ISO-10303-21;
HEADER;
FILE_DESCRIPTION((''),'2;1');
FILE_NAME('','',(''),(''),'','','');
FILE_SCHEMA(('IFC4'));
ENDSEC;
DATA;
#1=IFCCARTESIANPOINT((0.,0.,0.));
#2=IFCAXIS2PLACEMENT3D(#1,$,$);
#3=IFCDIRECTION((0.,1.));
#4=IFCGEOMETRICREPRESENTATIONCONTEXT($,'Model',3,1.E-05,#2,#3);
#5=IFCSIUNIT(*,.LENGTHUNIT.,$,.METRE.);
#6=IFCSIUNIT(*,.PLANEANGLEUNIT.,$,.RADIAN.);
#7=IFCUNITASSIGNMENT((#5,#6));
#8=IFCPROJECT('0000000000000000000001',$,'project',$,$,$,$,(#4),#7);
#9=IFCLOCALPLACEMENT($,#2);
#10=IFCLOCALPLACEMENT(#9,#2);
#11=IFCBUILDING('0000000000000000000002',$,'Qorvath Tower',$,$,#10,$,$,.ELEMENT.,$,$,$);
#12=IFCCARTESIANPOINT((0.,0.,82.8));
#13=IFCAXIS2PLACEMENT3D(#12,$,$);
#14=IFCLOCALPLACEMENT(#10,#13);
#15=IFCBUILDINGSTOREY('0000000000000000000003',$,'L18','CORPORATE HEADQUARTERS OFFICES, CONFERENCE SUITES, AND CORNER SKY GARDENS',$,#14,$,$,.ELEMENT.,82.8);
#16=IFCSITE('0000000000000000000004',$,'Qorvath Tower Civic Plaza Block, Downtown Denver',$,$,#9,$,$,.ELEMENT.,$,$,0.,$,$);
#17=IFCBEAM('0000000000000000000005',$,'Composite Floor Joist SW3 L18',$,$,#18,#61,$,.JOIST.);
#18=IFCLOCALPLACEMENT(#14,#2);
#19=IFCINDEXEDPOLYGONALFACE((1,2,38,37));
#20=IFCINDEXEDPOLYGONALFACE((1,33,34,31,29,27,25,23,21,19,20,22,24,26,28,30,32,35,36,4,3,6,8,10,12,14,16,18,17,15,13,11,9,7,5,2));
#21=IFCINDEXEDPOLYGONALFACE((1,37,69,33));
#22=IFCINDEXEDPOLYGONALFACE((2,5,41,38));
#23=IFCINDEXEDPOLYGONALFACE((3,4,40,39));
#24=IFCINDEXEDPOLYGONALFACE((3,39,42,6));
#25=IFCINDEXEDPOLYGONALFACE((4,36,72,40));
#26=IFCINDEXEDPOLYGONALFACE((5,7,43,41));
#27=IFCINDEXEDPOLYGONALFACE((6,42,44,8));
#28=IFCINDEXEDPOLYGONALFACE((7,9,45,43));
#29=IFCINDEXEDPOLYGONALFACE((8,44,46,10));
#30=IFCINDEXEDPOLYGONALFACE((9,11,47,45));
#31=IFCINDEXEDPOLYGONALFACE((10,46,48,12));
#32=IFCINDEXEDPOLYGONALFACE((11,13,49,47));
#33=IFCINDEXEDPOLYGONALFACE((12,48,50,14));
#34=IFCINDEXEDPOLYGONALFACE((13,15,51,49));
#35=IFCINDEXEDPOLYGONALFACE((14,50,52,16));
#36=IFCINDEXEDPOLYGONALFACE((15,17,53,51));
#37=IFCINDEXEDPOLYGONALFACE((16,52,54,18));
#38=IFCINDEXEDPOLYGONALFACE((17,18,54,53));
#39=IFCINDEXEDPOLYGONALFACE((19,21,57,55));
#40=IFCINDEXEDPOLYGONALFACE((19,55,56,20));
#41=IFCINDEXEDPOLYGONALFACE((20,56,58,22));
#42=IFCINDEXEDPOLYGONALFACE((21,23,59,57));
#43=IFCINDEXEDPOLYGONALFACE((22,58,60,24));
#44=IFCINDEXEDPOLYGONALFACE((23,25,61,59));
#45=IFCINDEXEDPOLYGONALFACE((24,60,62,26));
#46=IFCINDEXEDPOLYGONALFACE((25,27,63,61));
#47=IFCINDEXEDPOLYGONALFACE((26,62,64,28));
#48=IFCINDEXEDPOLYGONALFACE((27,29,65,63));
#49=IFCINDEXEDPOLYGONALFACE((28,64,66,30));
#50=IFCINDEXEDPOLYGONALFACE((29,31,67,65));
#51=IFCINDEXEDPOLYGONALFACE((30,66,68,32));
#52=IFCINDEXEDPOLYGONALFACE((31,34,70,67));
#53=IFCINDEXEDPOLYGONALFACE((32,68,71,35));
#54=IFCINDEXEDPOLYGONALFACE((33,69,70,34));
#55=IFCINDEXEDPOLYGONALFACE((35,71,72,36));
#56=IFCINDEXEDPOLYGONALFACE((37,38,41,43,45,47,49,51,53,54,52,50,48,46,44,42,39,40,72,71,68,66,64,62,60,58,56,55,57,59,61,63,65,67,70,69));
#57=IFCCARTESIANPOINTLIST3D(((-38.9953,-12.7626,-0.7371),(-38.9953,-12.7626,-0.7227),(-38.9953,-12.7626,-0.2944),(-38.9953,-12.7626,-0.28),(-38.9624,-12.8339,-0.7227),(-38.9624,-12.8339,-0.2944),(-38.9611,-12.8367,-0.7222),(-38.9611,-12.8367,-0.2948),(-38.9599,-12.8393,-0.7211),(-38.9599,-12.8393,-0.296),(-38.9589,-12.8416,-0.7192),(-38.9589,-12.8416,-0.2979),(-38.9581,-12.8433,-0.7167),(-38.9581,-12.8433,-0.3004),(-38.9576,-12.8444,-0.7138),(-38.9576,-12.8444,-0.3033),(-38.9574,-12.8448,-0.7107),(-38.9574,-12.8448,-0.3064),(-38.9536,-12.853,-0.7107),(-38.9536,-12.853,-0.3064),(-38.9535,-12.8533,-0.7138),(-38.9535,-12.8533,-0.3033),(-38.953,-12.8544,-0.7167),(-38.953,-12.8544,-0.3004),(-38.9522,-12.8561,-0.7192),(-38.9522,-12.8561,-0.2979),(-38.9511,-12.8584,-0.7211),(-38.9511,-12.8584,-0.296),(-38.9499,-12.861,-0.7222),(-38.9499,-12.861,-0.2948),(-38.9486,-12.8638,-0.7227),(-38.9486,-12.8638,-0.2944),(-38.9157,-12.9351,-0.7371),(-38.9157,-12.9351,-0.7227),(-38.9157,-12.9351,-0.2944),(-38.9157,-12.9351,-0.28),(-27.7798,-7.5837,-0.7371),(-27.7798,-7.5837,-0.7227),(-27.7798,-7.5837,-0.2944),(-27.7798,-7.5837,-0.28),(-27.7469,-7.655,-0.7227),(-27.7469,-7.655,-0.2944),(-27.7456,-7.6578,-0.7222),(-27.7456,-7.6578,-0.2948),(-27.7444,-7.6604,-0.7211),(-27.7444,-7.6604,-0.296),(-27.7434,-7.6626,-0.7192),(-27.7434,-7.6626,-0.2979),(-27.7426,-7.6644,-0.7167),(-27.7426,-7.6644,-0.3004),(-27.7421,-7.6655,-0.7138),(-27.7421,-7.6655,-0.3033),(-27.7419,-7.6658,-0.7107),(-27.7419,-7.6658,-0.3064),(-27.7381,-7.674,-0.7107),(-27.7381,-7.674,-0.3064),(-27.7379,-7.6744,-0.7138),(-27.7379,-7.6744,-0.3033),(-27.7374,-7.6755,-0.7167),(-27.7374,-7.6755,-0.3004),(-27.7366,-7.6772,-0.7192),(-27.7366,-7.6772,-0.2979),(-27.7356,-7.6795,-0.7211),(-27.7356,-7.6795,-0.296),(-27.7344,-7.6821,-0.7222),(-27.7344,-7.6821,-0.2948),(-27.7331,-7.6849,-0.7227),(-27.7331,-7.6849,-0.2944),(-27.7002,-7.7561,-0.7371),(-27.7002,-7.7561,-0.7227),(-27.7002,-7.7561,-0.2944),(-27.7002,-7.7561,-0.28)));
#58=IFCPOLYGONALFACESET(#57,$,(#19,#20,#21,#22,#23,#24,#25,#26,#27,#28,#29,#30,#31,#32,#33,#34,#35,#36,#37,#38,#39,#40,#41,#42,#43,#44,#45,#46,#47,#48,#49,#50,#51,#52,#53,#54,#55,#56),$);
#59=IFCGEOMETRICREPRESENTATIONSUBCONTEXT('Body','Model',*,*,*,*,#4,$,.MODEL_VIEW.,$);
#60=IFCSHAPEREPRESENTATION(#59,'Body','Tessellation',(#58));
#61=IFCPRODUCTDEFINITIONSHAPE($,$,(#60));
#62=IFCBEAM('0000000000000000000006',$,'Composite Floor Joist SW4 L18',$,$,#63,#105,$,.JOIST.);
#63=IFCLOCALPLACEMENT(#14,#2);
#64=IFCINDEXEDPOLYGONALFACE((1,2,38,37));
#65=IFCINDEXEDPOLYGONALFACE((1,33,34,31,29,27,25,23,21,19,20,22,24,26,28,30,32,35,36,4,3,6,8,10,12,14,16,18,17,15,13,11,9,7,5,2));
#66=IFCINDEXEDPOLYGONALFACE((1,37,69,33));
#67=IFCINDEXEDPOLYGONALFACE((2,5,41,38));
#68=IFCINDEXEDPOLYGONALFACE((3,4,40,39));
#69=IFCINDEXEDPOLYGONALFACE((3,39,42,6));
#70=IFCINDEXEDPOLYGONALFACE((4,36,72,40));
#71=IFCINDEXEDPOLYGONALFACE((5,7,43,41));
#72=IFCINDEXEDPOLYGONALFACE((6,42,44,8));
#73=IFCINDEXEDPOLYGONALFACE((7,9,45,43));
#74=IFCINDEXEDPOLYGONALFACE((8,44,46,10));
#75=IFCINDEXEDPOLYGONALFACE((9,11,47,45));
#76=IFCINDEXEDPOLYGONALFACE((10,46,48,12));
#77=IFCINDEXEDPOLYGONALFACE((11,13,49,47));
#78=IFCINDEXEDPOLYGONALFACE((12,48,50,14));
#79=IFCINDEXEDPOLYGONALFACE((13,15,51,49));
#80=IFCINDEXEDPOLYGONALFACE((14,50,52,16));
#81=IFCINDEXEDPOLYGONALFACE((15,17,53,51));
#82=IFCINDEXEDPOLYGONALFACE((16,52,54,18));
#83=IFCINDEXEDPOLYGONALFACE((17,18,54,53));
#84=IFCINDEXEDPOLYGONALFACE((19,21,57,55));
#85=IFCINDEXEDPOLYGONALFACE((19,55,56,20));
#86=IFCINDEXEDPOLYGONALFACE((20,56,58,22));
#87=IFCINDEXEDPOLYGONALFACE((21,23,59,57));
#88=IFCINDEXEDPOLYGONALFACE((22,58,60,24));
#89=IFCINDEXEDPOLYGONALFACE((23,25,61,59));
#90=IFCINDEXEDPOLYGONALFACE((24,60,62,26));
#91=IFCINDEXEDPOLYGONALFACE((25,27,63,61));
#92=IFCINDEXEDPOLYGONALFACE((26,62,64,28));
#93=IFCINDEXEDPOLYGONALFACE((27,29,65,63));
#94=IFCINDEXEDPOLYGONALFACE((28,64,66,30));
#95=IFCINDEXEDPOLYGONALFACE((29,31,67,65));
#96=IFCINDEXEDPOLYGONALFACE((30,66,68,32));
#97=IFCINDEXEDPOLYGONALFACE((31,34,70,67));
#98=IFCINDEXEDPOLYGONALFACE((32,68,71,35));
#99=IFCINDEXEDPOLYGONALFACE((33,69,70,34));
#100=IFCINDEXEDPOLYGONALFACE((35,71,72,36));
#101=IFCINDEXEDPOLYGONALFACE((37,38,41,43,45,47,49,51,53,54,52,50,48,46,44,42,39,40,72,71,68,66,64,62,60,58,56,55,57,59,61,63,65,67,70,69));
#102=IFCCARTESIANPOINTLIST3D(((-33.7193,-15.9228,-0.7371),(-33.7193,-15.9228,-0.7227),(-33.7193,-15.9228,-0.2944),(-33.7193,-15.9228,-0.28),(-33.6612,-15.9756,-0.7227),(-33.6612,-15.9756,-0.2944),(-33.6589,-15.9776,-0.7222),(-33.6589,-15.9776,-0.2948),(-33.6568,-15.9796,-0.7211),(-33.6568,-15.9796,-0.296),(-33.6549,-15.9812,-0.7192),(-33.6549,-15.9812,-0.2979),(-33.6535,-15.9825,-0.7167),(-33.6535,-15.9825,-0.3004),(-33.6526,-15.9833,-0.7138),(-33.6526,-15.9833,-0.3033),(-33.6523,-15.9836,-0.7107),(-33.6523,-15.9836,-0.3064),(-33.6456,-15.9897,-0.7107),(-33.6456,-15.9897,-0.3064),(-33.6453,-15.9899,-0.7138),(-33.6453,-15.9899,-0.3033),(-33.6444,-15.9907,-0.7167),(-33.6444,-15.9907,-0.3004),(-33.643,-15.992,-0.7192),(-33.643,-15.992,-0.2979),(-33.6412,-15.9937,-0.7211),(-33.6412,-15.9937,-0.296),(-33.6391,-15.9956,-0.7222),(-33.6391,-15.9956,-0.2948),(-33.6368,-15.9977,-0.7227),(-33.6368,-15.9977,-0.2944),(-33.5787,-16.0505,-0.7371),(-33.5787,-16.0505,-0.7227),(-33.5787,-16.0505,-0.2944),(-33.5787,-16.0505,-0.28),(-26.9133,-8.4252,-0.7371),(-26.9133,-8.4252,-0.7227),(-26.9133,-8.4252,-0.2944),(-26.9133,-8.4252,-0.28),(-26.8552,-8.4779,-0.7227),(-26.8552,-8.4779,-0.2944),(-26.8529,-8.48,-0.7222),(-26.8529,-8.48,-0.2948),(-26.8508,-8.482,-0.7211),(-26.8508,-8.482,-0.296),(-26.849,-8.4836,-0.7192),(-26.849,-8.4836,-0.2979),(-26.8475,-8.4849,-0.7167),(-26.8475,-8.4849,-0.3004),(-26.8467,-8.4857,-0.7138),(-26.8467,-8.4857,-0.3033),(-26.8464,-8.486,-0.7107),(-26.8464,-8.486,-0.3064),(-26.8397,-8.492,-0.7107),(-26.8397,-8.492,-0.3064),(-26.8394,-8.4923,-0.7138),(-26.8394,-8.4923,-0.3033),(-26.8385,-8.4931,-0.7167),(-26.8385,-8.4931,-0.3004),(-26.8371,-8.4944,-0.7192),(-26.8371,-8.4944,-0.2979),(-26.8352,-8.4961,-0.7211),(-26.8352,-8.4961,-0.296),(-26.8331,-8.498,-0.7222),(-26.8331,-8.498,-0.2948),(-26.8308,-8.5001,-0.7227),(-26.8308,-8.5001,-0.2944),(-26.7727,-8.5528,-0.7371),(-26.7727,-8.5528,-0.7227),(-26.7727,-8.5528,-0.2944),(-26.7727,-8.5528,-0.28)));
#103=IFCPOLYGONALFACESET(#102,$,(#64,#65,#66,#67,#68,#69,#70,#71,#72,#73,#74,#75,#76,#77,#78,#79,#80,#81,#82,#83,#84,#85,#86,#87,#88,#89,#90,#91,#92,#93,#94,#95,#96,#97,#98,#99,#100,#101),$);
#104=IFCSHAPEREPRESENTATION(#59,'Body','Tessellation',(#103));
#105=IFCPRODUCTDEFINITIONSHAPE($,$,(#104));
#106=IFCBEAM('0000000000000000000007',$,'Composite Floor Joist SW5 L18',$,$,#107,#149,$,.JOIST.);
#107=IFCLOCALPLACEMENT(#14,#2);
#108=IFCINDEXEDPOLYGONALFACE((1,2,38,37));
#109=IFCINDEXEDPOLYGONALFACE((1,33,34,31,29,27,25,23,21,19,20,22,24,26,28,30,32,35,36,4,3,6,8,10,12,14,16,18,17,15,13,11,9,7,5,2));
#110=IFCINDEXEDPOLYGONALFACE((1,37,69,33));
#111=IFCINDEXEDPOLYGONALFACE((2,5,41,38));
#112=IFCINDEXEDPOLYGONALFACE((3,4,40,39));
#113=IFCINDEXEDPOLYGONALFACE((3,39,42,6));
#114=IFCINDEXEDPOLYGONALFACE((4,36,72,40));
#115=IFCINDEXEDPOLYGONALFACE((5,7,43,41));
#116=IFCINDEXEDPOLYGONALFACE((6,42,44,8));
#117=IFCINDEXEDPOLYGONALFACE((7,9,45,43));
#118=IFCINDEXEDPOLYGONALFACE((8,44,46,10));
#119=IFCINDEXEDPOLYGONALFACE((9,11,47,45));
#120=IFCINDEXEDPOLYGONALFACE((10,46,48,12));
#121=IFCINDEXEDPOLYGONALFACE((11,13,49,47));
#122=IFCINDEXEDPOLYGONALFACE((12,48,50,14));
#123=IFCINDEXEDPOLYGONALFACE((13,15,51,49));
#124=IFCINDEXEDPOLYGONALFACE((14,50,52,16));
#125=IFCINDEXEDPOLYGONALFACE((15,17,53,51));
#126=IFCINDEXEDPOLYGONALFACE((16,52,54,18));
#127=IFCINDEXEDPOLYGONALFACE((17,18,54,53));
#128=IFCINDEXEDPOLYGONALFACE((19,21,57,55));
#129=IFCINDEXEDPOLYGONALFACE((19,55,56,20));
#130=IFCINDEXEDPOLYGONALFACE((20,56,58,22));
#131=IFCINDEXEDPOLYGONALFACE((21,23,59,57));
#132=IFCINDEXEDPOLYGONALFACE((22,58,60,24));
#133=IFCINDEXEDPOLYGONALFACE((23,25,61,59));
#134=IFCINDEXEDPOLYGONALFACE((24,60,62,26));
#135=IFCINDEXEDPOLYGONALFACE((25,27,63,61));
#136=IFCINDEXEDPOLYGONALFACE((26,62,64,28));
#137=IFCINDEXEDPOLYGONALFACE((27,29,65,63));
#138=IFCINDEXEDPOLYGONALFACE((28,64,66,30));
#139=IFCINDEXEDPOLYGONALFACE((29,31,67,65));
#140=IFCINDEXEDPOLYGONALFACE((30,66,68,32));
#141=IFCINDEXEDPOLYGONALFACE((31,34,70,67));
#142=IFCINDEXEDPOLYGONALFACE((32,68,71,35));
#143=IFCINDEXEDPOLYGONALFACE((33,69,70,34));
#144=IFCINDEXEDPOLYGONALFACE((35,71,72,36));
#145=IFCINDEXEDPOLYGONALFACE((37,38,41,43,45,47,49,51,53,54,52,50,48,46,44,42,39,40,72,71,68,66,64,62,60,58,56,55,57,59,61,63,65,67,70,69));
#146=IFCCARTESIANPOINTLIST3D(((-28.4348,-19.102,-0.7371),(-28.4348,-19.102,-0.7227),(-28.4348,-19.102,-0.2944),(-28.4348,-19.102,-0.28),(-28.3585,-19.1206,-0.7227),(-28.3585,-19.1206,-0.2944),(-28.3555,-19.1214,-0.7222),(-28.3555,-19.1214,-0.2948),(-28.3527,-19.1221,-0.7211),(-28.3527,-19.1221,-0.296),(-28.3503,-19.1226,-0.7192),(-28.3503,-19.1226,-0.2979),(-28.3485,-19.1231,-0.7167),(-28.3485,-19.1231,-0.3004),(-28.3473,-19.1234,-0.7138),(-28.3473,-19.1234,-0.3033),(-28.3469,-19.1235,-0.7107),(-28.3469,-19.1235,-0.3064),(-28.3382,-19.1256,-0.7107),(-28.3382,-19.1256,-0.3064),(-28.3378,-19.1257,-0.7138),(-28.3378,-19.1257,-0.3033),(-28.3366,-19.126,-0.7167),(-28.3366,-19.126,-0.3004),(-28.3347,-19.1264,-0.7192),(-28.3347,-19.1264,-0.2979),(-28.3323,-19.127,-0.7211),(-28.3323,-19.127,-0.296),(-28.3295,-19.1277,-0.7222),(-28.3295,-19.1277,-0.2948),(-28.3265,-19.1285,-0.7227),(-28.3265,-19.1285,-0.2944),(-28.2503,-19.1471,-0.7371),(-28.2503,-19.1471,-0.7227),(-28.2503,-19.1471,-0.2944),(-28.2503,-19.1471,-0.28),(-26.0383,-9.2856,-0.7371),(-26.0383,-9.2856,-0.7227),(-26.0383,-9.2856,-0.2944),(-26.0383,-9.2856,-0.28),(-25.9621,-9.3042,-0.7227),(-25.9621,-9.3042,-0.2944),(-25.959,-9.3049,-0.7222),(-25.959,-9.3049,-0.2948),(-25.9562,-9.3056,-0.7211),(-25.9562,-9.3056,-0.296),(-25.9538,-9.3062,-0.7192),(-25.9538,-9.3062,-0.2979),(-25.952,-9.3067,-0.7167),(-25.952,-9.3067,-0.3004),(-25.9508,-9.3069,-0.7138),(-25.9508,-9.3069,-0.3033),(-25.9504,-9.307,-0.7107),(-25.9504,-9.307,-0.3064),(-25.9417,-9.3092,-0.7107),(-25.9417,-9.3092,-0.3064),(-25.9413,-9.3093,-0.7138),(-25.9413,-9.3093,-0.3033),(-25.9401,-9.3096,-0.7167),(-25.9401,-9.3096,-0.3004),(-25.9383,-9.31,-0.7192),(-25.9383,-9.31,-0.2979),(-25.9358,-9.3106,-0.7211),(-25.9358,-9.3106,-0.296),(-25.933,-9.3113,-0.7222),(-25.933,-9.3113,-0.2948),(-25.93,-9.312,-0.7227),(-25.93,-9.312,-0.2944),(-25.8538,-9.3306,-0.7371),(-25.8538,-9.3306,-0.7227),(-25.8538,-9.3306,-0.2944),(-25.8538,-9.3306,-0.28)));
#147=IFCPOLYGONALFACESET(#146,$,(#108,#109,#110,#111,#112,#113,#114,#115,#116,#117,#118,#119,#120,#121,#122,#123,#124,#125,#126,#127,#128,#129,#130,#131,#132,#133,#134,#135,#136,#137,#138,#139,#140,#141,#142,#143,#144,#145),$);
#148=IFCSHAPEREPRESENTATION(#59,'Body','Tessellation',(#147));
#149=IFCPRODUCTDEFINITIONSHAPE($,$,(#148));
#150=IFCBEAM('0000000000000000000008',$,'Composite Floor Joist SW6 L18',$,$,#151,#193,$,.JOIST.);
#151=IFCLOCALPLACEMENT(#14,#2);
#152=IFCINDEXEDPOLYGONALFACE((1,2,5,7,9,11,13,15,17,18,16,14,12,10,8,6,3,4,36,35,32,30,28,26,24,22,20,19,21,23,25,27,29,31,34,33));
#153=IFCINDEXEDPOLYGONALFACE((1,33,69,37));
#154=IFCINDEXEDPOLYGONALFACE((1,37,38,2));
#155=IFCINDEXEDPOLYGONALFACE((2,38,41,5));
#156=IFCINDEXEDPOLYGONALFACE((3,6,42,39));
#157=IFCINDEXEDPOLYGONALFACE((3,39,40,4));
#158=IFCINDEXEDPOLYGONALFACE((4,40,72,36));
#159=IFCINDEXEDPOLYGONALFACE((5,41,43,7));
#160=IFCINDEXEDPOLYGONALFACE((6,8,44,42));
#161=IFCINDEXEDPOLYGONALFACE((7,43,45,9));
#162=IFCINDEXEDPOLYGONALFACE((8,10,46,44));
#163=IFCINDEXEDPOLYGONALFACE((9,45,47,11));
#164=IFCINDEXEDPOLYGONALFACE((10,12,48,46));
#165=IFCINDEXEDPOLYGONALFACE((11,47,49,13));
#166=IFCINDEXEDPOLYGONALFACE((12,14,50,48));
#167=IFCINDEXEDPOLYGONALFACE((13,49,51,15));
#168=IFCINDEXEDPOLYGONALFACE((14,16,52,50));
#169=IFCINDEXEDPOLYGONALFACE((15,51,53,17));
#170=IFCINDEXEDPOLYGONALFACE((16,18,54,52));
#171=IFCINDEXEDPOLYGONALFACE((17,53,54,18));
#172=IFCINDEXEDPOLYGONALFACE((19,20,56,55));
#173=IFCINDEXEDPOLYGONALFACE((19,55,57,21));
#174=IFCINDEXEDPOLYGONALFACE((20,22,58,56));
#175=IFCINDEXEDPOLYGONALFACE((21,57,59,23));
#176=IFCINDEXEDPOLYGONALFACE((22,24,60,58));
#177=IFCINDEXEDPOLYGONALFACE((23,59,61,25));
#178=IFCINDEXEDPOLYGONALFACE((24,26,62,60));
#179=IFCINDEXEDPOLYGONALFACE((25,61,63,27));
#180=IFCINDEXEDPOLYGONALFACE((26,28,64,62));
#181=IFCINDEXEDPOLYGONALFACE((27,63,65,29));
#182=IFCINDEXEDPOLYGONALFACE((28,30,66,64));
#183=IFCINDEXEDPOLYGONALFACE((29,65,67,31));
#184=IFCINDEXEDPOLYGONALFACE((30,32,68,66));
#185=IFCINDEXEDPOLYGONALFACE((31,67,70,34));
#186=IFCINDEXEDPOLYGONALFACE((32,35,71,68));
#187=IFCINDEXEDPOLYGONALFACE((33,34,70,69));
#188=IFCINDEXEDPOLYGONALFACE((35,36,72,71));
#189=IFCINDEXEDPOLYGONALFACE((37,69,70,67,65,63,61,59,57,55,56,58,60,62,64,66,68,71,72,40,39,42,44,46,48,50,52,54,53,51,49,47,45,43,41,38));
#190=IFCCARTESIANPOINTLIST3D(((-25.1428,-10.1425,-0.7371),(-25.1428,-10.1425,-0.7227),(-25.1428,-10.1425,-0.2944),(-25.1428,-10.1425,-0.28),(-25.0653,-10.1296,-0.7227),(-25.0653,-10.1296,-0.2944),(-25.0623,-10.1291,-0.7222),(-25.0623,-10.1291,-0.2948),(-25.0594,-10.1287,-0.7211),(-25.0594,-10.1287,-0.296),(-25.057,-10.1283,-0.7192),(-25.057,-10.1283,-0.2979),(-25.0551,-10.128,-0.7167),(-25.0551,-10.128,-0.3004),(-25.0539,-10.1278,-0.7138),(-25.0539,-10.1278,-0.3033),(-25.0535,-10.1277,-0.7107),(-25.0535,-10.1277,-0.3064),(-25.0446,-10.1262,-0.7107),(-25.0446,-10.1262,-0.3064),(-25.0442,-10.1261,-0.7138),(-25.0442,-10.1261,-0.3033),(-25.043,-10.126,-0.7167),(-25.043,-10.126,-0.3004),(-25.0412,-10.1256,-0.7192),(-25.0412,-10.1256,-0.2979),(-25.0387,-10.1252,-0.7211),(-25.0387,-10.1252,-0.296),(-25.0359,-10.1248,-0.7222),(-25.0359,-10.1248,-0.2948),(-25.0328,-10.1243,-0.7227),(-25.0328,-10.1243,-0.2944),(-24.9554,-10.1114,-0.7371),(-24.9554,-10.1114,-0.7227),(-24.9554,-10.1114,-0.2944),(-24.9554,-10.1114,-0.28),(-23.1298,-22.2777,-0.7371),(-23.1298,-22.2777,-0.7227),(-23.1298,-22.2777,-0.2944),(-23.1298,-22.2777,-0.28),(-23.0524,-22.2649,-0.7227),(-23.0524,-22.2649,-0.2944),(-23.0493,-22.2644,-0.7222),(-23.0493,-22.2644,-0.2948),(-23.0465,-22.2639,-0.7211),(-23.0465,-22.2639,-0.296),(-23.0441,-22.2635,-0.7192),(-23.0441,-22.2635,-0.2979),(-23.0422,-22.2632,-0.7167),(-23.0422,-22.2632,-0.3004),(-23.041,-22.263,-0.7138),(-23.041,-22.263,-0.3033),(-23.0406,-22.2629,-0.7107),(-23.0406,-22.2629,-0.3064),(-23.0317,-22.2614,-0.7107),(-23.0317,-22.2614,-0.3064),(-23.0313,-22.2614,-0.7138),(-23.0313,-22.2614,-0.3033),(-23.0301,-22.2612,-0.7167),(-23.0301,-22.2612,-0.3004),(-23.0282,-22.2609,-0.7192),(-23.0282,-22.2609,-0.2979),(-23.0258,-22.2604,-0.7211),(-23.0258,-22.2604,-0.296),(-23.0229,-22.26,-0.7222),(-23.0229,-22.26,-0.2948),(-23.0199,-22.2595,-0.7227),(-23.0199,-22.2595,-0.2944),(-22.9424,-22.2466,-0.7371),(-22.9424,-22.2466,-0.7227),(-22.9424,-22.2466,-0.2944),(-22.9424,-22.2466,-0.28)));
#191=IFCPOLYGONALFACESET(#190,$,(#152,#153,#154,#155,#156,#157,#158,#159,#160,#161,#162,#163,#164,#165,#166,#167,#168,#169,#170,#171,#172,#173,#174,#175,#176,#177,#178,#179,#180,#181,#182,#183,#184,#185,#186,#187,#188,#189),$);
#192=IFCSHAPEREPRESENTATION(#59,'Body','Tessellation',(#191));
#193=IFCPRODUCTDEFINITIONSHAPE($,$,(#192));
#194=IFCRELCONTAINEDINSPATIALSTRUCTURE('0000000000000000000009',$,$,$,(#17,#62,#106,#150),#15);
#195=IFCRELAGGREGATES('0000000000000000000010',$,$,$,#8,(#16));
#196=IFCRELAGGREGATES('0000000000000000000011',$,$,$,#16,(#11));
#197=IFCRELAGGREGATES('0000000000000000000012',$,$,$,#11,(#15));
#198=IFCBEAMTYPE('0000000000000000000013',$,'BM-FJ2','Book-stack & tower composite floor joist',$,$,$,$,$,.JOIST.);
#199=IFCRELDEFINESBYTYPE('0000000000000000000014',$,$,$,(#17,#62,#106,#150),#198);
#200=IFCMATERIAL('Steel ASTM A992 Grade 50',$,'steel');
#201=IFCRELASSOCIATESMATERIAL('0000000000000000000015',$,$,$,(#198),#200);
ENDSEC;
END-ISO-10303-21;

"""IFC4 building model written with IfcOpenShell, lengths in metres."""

from ifc_helpers import new_model, si_unit, direction, frame, origin, origin_2d, place, context, subcontext, project, spatial, i_section, extrude, material, material_profile, profile_set, type_object, element, save


model = new_model("IFC4")

# Units and contexts
model_context = context("Model", 3, precision=1e-05, world=origin(), true_north=direction((0.0, 1.0)))
body_context = subcontext(model_context, "Body", "Model", "MODEL_VIEW")
ifc_project = project(units=[si_unit("LENGTHUNIT", "METRE"), si_unit("PLANEANGLEUNIT", "RADIAN")], contexts=[model_context])

# Site, building, storey
site_placement = place(None, origin())
site = spatial("IfcSite", under=ifc_project, at=site_placement, Name="Qorvath Tower Civic Plaza Block, Downtown Denver", CompositionType="ELEMENT", RefElevation=0.0)
building_placement = place(site_placement, origin())
building = spatial("IfcBuilding", under=site, at=building_placement, Name="Qorvath Tower", CompositionType="ELEMENT")
storey_placement = place(building_placement, frame((0.0, 0.0, 82.8)))
storey = spatial("IfcBuildingStorey", under=building, at=storey_placement, Name="L18", Description="CORPORATE HEADQUARTERS OFFICES, CONFERENCE SUITES, AND CORNER SKY GARDENS", CompositionType="ELEMENT", Elevation=82.8)

# Beams
ifc_material_1 = material(Name="Steel ASTM A992 Grade 50", Category="steel")
ifc_material_profile = material_profile(ifc_material_1, i_section(OverallWidth=0.1899, OverallDepth=0.457, WebThickness=0.009, FlangeThickness=0.0144, FilletRadius=0.012, at=origin_2d()), Name="W18x50")
ifc_profile_set = profile_set([ifc_material_profile], Name="Steel ASTM A992 Grade 50")
beam_type = type_object("IfcBeamType", Name="BM-FJ2", Description="Book-stack & tower composite floor joist", PredefinedType="JOIST", material=ifc_profile_set)
beam_1_placement = place(storey_placement, frame((-27.74, -7.6699, -0.5085), z_axis=(-0.907881, -0.419227, 0.0), x_axis=(0.419227, -0.907881, 0.0)))
element("IfcBeam", 1, at=beam_1_placement, inside=storey, type_object=beam_type, Name="Composite Floor Joist SW3 L18", PredefinedType="JOIST", context=body_context, shape_type="SweptSolid", body=[
    extrude(i_section(OverallWidth=0.1899, OverallDepth=0.457, WebThickness=0.009, FlangeThickness=0.0144, FilletRadius=0.012, at=origin_2d()), origin(), (0.0, 0.0, 1.0), 12.3535),
])
beam_2_placement = place(storey_placement, frame((-26.843, -8.489, -0.5085), z_axis=(-0.672129, -0.740434, 0.0), x_axis=(0.740434, -0.672129, 0.0)))
element("IfcBeam", 2, at=beam_2_placement, inside=storey, type_object=beam_type, Name="Composite Floor Joist SW4 L18", PredefinedType="JOIST", context=body_context, shape_type="SweptSolid", body=[
    extrude(i_section(OverallWidth=0.1899, OverallDepth=0.457, WebThickness=0.009, FlangeThickness=0.0144, FilletRadius=0.012, at=origin_2d()), origin(), (0.0, 0.0, 1.0), 10.126),
])
beam_3_placement = place(storey_placement, frame((-25.946, -9.3081, -0.5085), z_axis=(-0.237165, -0.971469, 0.0), x_axis=(0.971469, -0.237165, 0.0)))
element("IfcBeam", 3, at=beam_3_placement, inside=storey, type_object=beam_type, Name="Composite Floor Joist SW5 L18", PredefinedType="JOIST", context=body_context, shape_type="SweptSolid", body=[
    extrude(i_section(OverallWidth=0.1899, OverallDepth=0.457, WebThickness=0.009, FlangeThickness=0.0144, FilletRadius=0.012, at=origin_2d()), origin(), (0.0, 0.0, 1.0), 10.1047),
])
beam_4_placement = place(storey_placement, frame((-25.0491, -10.127, -0.5085), z_axis=(0.163639, -0.98652, 0.0), x_axis=(0.98652, 0.163639, 0.0)))
element("IfcBeam", 4, at=beam_4_placement, inside=storey, type_object=beam_type, Name="Composite Floor Joist SW6 L18", PredefinedType="JOIST", context=body_context, shape_type="SweptSolid", body=[
    extrude(i_section(OverallWidth=0.1899, OverallDepth=0.457, WebThickness=0.009, FlangeThickness=0.0144, FilletRadius=0.012, at=origin_2d()), origin(), (0.0, 0.0, 1.0), 12.301),
])

save(model, "model.ifc")
